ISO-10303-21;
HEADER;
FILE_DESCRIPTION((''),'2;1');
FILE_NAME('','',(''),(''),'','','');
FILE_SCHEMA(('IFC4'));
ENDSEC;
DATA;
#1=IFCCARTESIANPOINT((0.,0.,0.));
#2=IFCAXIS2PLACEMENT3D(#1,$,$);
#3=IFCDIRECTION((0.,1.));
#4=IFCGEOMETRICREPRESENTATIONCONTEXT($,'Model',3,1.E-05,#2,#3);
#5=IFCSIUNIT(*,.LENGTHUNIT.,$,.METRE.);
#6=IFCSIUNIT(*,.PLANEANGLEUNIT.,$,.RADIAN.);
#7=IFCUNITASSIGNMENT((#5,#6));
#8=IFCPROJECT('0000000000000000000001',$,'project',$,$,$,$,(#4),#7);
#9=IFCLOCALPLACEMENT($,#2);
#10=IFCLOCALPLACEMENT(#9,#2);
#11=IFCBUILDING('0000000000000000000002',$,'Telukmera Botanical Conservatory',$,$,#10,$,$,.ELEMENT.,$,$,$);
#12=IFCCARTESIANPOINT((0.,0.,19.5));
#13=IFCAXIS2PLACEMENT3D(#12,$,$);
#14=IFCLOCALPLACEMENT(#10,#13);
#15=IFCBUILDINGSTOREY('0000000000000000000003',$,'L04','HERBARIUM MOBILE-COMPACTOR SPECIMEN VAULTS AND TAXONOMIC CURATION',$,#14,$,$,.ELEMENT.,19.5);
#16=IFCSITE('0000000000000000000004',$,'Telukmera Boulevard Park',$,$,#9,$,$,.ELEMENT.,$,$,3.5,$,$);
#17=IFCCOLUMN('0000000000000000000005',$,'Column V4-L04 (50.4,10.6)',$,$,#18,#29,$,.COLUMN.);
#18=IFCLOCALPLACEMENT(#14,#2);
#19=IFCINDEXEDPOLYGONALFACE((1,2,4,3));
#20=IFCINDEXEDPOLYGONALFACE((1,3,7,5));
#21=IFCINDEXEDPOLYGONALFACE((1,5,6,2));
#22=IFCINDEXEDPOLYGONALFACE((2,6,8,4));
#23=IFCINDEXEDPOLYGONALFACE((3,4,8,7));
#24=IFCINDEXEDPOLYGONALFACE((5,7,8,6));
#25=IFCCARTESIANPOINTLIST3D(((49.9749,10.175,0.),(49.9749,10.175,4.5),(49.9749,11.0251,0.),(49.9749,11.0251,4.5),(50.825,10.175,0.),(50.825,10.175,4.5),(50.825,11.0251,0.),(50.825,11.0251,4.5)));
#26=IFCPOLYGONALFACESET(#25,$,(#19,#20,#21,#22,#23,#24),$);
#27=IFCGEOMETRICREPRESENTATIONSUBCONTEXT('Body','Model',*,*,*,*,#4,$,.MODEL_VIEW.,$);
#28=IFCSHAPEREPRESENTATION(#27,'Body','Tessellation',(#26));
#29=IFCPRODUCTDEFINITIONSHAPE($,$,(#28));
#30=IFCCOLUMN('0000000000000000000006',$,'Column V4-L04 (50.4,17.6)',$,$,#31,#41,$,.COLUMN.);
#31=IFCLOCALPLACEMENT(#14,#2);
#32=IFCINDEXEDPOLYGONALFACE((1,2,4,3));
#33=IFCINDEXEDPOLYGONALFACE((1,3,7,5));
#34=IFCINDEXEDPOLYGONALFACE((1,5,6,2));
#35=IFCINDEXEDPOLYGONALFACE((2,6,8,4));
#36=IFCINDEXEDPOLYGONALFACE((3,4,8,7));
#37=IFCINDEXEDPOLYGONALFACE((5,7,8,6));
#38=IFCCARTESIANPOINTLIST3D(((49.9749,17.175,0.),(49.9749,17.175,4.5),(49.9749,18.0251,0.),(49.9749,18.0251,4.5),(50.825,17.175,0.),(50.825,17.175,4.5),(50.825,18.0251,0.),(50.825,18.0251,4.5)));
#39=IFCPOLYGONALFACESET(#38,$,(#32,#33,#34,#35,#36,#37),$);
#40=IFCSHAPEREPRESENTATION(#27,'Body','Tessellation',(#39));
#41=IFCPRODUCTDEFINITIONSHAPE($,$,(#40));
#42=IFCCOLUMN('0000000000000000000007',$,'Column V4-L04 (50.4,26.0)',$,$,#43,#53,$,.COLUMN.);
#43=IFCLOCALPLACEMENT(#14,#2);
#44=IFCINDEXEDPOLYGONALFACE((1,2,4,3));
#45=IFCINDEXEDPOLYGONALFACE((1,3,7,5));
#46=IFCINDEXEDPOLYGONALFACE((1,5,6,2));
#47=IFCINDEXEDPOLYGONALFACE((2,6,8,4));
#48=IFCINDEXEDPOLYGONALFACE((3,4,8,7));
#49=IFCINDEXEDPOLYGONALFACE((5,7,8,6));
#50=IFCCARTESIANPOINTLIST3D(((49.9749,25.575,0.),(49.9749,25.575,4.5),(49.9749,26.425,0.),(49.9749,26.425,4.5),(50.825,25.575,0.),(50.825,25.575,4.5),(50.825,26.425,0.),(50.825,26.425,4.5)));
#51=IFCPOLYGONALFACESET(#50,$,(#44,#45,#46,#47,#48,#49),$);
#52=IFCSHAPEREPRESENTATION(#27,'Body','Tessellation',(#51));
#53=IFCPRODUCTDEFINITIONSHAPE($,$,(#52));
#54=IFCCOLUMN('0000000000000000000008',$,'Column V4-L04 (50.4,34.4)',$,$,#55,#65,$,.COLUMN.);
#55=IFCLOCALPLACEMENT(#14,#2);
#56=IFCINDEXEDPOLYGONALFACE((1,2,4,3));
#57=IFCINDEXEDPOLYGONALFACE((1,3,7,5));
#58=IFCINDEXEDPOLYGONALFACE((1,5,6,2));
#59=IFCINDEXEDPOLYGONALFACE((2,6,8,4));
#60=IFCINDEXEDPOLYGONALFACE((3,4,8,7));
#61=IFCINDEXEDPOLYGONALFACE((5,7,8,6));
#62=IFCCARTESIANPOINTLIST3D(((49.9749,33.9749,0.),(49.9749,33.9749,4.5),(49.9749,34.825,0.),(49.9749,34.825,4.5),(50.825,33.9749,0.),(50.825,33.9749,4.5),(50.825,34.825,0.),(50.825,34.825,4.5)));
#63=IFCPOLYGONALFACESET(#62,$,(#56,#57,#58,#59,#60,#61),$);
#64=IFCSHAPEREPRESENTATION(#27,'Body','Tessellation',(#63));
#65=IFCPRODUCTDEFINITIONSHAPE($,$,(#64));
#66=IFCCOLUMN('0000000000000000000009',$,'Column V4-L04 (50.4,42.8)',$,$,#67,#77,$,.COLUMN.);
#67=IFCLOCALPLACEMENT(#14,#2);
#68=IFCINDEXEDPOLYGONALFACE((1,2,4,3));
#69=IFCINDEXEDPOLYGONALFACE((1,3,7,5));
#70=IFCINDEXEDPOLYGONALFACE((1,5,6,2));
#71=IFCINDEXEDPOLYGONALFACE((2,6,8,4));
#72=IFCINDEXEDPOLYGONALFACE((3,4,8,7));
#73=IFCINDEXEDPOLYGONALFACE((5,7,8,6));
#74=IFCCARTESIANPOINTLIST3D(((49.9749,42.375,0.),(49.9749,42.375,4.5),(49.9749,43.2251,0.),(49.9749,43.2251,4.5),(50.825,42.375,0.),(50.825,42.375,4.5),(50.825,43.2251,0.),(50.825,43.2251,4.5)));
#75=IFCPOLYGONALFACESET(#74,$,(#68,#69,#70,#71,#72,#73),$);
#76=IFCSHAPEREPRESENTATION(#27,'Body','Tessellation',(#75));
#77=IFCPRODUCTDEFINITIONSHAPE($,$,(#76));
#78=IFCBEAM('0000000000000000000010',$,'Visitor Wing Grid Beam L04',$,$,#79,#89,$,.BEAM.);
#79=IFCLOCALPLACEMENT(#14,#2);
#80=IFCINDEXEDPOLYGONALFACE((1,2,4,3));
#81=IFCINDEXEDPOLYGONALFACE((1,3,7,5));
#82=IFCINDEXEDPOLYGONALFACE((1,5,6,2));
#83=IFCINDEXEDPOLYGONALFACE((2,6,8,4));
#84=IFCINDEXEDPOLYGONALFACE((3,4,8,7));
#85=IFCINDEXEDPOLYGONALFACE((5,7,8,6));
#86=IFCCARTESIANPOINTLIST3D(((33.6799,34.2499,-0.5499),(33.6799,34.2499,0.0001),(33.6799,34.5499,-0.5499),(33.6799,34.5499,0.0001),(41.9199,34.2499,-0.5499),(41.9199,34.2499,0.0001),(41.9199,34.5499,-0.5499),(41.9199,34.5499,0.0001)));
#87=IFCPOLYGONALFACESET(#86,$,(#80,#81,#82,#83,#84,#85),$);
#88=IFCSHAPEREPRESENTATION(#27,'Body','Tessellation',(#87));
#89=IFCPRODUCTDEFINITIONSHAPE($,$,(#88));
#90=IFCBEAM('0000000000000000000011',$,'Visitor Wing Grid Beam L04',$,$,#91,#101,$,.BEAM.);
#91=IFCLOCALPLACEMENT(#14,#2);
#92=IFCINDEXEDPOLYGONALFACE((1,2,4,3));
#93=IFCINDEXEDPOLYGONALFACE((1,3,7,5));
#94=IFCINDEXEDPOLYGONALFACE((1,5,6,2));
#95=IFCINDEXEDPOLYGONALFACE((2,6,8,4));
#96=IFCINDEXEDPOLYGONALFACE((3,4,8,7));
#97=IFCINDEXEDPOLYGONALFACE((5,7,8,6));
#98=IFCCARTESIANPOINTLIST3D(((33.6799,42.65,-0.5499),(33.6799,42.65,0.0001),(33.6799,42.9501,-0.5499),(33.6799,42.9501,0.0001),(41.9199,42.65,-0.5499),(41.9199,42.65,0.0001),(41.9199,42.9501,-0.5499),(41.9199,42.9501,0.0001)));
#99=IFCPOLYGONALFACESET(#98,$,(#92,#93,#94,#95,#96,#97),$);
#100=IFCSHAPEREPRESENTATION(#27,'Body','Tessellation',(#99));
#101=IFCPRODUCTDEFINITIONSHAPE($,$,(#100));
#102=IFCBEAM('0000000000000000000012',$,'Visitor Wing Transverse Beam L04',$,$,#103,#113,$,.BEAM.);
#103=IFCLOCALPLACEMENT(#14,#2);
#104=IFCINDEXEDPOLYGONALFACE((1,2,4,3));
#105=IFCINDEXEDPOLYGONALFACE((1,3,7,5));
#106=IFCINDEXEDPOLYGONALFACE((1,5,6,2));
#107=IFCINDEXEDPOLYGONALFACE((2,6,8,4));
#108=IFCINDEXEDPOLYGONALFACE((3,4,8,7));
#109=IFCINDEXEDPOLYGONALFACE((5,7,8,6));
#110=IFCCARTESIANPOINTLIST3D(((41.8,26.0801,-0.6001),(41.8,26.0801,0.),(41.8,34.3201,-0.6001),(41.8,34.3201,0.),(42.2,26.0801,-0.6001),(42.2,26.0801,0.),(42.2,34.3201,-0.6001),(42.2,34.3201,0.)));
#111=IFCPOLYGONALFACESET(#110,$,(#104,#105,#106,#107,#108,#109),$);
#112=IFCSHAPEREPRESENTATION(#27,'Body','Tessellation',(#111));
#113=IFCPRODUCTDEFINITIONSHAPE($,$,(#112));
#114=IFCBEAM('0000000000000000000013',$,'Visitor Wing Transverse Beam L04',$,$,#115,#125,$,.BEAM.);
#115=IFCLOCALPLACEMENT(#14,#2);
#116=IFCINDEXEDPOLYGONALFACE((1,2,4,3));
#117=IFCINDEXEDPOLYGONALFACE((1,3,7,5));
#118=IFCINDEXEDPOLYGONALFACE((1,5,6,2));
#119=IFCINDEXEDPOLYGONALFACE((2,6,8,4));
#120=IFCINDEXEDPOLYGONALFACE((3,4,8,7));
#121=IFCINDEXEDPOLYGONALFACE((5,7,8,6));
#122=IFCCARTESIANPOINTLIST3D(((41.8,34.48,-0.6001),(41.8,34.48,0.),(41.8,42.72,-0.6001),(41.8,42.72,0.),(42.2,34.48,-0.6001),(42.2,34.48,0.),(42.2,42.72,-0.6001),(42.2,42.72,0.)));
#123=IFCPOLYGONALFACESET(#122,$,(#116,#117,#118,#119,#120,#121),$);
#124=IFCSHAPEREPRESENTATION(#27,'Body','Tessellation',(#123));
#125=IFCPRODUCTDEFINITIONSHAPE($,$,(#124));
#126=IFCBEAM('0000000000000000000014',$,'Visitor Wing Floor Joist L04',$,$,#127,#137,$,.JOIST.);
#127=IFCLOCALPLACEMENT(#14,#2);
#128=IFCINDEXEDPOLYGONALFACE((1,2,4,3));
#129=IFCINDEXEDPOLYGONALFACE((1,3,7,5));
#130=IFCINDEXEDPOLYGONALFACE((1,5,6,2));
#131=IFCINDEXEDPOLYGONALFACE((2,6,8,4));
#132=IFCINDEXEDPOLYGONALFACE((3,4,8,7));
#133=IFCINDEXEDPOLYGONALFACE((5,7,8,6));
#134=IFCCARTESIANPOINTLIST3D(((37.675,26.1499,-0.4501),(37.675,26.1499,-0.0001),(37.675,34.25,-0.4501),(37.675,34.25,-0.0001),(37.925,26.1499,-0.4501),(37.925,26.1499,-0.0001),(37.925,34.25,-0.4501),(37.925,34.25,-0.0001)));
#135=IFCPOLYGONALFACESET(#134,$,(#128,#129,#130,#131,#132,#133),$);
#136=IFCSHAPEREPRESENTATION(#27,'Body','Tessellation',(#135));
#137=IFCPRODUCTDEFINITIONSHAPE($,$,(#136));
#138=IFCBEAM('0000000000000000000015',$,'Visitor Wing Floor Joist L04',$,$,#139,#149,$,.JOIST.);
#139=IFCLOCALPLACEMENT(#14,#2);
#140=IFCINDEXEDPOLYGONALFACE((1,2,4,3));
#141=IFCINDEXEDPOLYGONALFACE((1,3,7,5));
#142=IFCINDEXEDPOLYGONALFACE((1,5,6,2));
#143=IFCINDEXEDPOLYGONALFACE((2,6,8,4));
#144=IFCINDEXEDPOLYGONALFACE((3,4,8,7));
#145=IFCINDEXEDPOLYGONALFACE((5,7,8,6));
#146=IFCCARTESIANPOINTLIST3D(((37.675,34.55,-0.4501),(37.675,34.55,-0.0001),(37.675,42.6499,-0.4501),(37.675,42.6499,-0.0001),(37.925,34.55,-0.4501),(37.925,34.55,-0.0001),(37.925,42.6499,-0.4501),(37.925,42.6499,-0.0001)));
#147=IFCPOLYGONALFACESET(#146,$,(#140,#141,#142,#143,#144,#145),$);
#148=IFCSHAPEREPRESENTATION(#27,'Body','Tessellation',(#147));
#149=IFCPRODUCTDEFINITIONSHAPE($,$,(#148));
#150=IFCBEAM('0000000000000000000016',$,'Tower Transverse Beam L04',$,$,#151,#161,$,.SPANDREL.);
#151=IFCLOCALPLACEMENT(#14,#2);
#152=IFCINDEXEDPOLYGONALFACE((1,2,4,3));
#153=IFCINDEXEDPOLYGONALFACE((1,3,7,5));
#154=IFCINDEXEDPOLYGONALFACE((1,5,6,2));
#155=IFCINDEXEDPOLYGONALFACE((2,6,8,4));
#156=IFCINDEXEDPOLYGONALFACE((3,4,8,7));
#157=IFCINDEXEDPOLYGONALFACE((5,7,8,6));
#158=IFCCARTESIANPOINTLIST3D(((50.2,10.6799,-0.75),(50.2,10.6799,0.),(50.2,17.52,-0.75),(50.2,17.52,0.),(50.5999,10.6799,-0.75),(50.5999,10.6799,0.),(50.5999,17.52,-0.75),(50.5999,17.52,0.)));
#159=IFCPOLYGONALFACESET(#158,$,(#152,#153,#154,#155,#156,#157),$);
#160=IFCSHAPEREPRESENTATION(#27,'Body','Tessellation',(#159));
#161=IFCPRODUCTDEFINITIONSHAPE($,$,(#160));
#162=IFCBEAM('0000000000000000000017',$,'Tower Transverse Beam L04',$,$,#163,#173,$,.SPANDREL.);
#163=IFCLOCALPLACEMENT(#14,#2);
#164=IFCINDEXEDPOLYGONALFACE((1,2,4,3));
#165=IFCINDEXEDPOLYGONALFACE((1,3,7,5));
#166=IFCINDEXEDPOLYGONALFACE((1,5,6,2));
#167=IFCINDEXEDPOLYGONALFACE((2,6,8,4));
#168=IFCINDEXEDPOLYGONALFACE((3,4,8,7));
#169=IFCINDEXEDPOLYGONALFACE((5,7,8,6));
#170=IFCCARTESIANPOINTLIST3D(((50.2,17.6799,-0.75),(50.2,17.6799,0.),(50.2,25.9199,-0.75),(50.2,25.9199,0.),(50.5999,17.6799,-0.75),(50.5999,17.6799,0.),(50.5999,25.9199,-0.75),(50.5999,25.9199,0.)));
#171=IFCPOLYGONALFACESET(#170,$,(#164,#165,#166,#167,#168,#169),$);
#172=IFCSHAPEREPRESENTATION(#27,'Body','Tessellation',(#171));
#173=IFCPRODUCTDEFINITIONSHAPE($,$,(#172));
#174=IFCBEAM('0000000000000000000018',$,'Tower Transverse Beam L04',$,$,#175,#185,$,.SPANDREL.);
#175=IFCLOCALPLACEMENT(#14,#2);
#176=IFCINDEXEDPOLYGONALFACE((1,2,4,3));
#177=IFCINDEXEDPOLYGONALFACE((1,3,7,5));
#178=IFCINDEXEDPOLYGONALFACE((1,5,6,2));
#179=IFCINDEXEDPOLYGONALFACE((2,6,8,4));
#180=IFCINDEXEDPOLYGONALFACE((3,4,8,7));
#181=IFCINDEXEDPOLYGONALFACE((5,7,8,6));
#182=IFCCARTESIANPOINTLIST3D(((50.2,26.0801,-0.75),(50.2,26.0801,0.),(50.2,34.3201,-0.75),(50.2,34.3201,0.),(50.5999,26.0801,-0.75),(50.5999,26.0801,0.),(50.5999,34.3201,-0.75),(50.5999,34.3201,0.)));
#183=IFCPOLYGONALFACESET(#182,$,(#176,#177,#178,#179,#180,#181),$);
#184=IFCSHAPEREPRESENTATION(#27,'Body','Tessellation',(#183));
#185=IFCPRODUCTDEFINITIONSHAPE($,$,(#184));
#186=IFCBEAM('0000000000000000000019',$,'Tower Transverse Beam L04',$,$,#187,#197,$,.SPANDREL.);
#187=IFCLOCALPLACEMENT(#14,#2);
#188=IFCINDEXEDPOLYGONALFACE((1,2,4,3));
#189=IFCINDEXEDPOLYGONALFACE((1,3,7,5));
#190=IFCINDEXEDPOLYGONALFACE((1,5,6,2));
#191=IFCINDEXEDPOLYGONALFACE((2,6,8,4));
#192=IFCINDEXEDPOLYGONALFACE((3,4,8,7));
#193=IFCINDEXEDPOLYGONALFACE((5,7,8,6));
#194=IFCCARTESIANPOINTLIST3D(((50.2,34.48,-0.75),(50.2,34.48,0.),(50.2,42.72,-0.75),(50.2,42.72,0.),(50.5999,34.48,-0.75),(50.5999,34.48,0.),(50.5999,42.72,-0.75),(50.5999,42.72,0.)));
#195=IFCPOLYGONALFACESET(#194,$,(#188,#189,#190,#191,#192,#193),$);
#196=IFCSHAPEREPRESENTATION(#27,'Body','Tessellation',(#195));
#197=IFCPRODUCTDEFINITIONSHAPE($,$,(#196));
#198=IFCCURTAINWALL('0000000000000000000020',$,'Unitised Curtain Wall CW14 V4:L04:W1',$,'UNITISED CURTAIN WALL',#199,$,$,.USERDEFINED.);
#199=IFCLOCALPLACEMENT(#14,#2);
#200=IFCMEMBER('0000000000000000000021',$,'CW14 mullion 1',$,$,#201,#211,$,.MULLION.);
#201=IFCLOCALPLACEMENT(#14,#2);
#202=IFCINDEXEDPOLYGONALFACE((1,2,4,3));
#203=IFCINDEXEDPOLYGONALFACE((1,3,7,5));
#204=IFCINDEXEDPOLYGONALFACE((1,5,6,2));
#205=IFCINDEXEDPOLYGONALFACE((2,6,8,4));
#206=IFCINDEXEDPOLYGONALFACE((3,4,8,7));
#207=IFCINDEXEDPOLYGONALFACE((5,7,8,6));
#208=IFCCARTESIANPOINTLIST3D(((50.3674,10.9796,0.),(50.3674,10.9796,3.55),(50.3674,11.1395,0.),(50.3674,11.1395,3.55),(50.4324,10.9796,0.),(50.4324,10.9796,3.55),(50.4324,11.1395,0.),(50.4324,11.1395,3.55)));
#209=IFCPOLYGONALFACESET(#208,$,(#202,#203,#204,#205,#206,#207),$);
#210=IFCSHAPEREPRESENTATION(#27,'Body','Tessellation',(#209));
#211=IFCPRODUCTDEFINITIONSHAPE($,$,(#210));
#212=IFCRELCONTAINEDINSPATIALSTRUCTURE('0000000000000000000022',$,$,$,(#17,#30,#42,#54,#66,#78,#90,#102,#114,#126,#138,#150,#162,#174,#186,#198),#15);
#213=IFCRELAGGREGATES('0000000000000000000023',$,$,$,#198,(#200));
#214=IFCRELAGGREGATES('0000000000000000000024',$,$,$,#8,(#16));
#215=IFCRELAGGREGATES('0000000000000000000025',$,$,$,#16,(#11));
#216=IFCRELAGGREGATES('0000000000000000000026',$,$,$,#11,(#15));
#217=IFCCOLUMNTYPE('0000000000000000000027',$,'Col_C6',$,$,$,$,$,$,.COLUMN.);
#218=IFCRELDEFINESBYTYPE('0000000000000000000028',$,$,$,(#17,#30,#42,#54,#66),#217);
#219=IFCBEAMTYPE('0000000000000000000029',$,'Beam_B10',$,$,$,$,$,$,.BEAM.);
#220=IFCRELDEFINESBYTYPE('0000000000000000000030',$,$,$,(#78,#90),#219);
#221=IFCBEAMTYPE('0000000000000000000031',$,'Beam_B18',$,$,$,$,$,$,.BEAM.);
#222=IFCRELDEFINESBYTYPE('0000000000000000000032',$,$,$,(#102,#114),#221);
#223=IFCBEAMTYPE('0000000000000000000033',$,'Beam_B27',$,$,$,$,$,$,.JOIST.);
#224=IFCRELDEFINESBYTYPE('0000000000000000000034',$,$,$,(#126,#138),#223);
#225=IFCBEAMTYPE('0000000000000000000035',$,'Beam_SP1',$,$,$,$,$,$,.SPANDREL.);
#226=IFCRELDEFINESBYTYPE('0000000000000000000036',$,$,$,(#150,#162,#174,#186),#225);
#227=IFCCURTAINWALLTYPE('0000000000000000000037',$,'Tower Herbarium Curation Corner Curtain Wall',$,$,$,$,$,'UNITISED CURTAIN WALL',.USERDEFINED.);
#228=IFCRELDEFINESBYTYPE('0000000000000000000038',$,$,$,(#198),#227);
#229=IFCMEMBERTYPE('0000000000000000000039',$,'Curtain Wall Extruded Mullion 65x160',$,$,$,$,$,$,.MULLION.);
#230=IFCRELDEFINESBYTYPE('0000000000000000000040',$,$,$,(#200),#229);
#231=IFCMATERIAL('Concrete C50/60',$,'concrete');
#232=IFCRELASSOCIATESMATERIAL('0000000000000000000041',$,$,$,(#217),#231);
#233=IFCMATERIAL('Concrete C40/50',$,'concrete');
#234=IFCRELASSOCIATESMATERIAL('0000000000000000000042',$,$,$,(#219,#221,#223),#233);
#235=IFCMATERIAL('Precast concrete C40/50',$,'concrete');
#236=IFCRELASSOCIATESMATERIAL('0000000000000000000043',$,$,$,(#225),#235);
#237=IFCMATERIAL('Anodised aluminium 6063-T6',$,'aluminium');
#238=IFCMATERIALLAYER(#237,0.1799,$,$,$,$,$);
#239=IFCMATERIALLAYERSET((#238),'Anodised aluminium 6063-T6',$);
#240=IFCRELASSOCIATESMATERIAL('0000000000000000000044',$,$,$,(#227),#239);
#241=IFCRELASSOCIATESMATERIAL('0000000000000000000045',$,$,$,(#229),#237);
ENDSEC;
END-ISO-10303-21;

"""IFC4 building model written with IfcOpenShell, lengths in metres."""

from ifc_helpers import new_model, si_unit, direction, frame, origin, origin_2d, place, context, subcontext, project, spatial, rectangle, extrude, material, layer, layer_set, material_profile, profile_set, type_object, element, aggregate, save


model = new_model("IFC4")

# Units and contexts
model_context = context("Model", 3, precision=1e-05, world=origin(), true_north=direction((0.0, 1.0)))
body_context = subcontext(model_context, "Body", "Model", "MODEL_VIEW")
ifc_project = project(units=[si_unit("LENGTHUNIT", "METRE"), si_unit("PLANEANGLEUNIT", "RADIAN")], contexts=[model_context])

# Site, building, storey
site_placement = place(None, origin())
site = spatial("IfcSite", under=ifc_project, at=site_placement, Name="Telukmera Boulevard Park", CompositionType="ELEMENT", RefElevation=3.5)
building_placement = place(site_placement, origin())
building = spatial("IfcBuilding", under=site, at=building_placement, Name="Telukmera Botanical Conservatory", CompositionType="ELEMENT")
storey_placement = place(building_placement, frame((0.0, 0.0, 19.5)))
storey = spatial("IfcBuildingStorey", under=building, at=storey_placement, Name="L04", Description="HERBARIUM MOBILE-COMPACTOR SPECIMEN VAULTS AND TAXONOMIC CURATION", CompositionType="ELEMENT", Elevation=19.5)

# Columns
ifc_material_1 = material(Name="Concrete C50/60", Category="concrete")
ifc_material_profile_1 = material_profile(ifc_material_1, rectangle(XDim=0.8501, YDim=0.8501, at=origin_2d()), Name="RC 850x850")
ifc_profile_set_1 = profile_set([ifc_material_profile_1], Name="Concrete C50/60")
column_type = type_object("IfcColumnType", Name="Col_C6", PredefinedType="COLUMN", material=ifc_profile_set_1)
for number, where, z_axis, x_axis, name in (
    (1, (50.3999, 10.6001, 0.0), (0.0, 0.0, 1.0), (1.0, 0.0, 0.0), "Column V4-L04 (50.4,10.6)"),
    (2, (50.3999, 17.6001, 0.0), (0.0, 0.0, 1.0), (1.0, 0.0, 0.0), "Column V4-L04 (50.4,17.6)"),
    (3, (50.3999, 26.0, 0.0), (0.0, 0.0, 1.0), (1.0, 0.0, 0.0), "Column V4-L04 (50.4,26.0)"),
    (4, (50.3999, 34.3999, 0.0), (0.0, 0.0, 1.0), (1.0, 0.0, 0.0), "Column V4-L04 (50.4,34.4)"),
    (5, (50.3999, 42.8, 0.0), (0.0, 0.0, 1.0), (1.0, 0.0, 0.0), "Column V4-L04 (50.4,42.8)"),
):
    element("IfcColumn", number, at=place(storey_placement, frame(where, z_axis=z_axis, x_axis=x_axis)), inside=storey, type_object=column_type, Name=name, PredefinedType="COLUMN", context=body_context, shape_type="SweptSolid", body=[
        extrude(rectangle(XDim=0.8501, YDim=0.8501, at=origin_2d()), origin(), (0.0, 0.0, 1.0), 4.5),
    ])

# Beams
ifc_material_2 = material(Name="Concrete C40/50", Category="concrete")
ifc_material_profile_2 = material_profile(ifc_material_2, rectangle(XDim=0.3, YDim=0.55, at=origin_2d()), Name="RC 300x550")
ifc_profile_set_2 = profile_set([ifc_material_profile_2], Name="Concrete C40/50")
beam_type_1 = type_object("IfcBeamType", Name="Beam_B10", PredefinedType="BEAM", material=ifc_profile_set_2)
for number, where, z_axis, x_axis, name in (
    (6, (33.6799, 34.3999, -0.2749), (1.0, 0.0, 0.0), (0.0, 1.0, 0.0), "Visitor Wing Grid Beam L04"),
    (7, (33.6799, 42.8, -0.2749), (1.0, 0.0, 0.0), (0.0, 1.0, 0.0), "Visitor Wing Grid Beam L04"),
):
    element("IfcBeam", number, at=place(storey_placement, frame(where, z_axis=z_axis, x_axis=x_axis)), inside=storey, type_object=beam_type_1, Name=name, PredefinedType="BEAM", context=body_context, shape_type="SweptSolid", body=[
        extrude(rectangle(XDim=0.3, YDim=0.55, at=origin_2d()), origin(), (0.0, 0.0, 1.0), 8.24),
    ])
ifc_material_profile_3 = material_profile(ifc_material_2, rectangle(XDim=0.3999, YDim=0.6001, at=origin_2d()), Name="RC 400x600")
ifc_profile_set_3 = profile_set([ifc_material_profile_3], Name="Concrete C40/50")
beam_type_2 = type_object("IfcBeamType", Name="Beam_B18", PredefinedType="BEAM", material=ifc_profile_set_3)
for number, where, z_axis, x_axis, name in (
    (8, (42.0, 26.0801, -0.3), (0.0, 1.0, 0.0), (-1.0, 0.0, 0.0), "Visitor Wing Transverse Beam L04"),
    (9, (42.0, 34.48, -0.3), (0.0, 1.0, 0.0), (-1.0, 0.0, 0.0), "Visitor Wing Transverse Beam L04"),
):
    element("IfcBeam", number, at=place(storey_placement, frame(where, z_axis=z_axis, x_axis=x_axis)), inside=storey, type_object=beam_type_2, Name=name, PredefinedType="BEAM", context=body_context, shape_type="SweptSolid", body=[
        extrude(rectangle(XDim=0.3999, YDim=0.6001, at=origin_2d()), origin(), (0.0, 0.0, 1.0), 8.24),
    ])
ifc_material_profile_4 = material_profile(ifc_material_2, rectangle(XDim=0.25, YDim=0.45, at=origin_2d()), Name="RC 250x450")
ifc_profile_set_4 = profile_set([ifc_material_profile_4], Name="Concrete C40/50")
beam_type_3 = type_object("IfcBeamType", Name="Beam_B27", PredefinedType="JOIST", material=ifc_profile_set_4)
beam_1_placement = place(storey_placement, frame((37.8, 26.1499, -0.2251), z_axis=(0.0, 1.0, 0.0), x_axis=(-1.0, 0.0, 0.0)))
element("IfcBeam", 10, at=beam_1_placement, inside=storey, type_object=beam_type_3, Name="Visitor Wing Floor Joist L04", PredefinedType="JOIST", context=body_context, shape_type="SweptSolid", body=[
    extrude(rectangle(XDim=0.25, YDim=0.45, at=origin_2d()), origin(), (0.0, 0.0, 1.0), 8.1001),
])
beam_2_placement = place(storey_placement, frame((37.8, 34.55, -0.2251), z_axis=(0.0, 1.0, 0.0), x_axis=(-1.0, 0.0, 0.0)))
element("IfcBeam", 11, at=beam_2_placement, inside=storey, type_object=beam_type_3, Name="Visitor Wing Floor Joist L04", PredefinedType="JOIST", context=body_context, shape_type="SweptSolid", body=[
    extrude(rectangle(XDim=0.25, YDim=0.45, at=origin_2d()), origin(), (0.0, 0.0, 1.0), 8.0999),
])
ifc_material_3 = material(Name="Precast concrete C40/50", Category="concrete")
ifc_material_profile_5 = material_profile(ifc_material_3, rectangle(XDim=0.3999, YDim=0.75, at=origin_2d()), Name="PC 400x750")
ifc_profile_set_5 = profile_set([ifc_material_profile_5], Name="Precast concrete C40/50")
beam_type_4 = type_object("IfcBeamType", Name="Beam_SP1", PredefinedType="SPANDREL", material=ifc_profile_set_5)
beam_3_placement = place(storey_placement, frame((50.3999, 10.6799, -0.375), z_axis=(0.0, 1.0, 0.0), x_axis=(-1.0, 0.0, 0.0)))
element("IfcBeam", 12, at=beam_3_placement, inside=storey, type_object=beam_type_4, Name="Tower Transverse Beam L04", PredefinedType="SPANDREL", context=body_context, shape_type="SweptSolid", body=[
    extrude(rectangle(XDim=0.3999, YDim=0.75, at=origin_2d()), origin(), (0.0, 0.0, 1.0), 6.8401),
])
for number, where, z_axis, x_axis, name in (
    (13, (50.3999, 17.6799, -0.375), (0.0, 1.0, 0.0), (-1.0, 0.0, 0.0), "Tower Transverse Beam L04"),
    (14, (50.3999, 26.0801, -0.375), (0.0, 1.0, 0.0), (-1.0, 0.0, 0.0), "Tower Transverse Beam L04"),
    (15, (50.3999, 34.48, -0.375), (0.0, 1.0, 0.0), (-1.0, 0.0, 0.0), "Tower Transverse Beam L04"),
):
    element("IfcBeam", number, at=place(storey_placement, frame(where, z_axis=z_axis, x_axis=x_axis)), inside=storey, type_object=beam_type_4, Name=name, PredefinedType="SPANDREL", context=body_context, shape_type="SweptSolid", body=[
        extrude(rectangle(XDim=0.3999, YDim=0.75, at=origin_2d()), origin(), (0.0, 0.0, 1.0), 8.24),
    ])

# Curtain wall, member
ifc_material_4 = material(Name="Anodised aluminium 6063-T6", Category="aluminium")
ifc_layer_1 = layer(ifc_material_4, 0.1799)
ifc_layer_set_1 = layer_set([ifc_layer_1], Name="Anodised aluminium 6063-T6")
curtain_wall_type = type_object("IfcCurtainWallType", Name="Tower Herbarium Curation Corner Curtain Wall", ElementType="UNITISED CURTAIN WALL", PredefinedType="USERDEFINED", material=ifc_layer_set_1)
curtain_wall_placement = place(storey_placement, origin())
curtain_wall = element("IfcCurtainWall", 16, at=curtain_wall_placement, inside=storey, type_object=curtain_wall_type, Name="Unitised Curtain Wall CW14 V4:L04:W1", ObjectType="UNITISED CURTAIN WALL", PredefinedType="USERDEFINED")
ifc_material_profile_6 = material_profile(ifc_material_4, rectangle(XDim=0.0649, YDim=0.1599, at=origin_2d()), Name="ALU MULL 65x160")
ifc_profile_set_6 = profile_set([ifc_material_profile_6], Name="Anodised aluminium 6063-T6")
member_type = type_object("IfcMemberType", Name="Curtain Wall Extruded Mullion 65x160", PredefinedType="MULLION", material=ifc_profile_set_6)
member_1_placement = place(storey_placement, frame((50.3999, 11.0596, 0.0), z_axis=(0.0, 0.0, 1.0), x_axis=(-1.0, 0.0, 0.0)))
member_1 = element("IfcMember", 17, at=member_1_placement, type_object=member_type, Name="CW14 mullion 1", PredefinedType="MULLION", context=body_context, shape_type="SweptSolid", body=[
    extrude(rectangle(XDim=0.0649, YDim=0.1599, at=origin_2d()), origin(), (0.0, 0.0, 1.0), 3.55),
])
aggregate(curtain_wall, [member_1])

save(model, "model.ifc")
